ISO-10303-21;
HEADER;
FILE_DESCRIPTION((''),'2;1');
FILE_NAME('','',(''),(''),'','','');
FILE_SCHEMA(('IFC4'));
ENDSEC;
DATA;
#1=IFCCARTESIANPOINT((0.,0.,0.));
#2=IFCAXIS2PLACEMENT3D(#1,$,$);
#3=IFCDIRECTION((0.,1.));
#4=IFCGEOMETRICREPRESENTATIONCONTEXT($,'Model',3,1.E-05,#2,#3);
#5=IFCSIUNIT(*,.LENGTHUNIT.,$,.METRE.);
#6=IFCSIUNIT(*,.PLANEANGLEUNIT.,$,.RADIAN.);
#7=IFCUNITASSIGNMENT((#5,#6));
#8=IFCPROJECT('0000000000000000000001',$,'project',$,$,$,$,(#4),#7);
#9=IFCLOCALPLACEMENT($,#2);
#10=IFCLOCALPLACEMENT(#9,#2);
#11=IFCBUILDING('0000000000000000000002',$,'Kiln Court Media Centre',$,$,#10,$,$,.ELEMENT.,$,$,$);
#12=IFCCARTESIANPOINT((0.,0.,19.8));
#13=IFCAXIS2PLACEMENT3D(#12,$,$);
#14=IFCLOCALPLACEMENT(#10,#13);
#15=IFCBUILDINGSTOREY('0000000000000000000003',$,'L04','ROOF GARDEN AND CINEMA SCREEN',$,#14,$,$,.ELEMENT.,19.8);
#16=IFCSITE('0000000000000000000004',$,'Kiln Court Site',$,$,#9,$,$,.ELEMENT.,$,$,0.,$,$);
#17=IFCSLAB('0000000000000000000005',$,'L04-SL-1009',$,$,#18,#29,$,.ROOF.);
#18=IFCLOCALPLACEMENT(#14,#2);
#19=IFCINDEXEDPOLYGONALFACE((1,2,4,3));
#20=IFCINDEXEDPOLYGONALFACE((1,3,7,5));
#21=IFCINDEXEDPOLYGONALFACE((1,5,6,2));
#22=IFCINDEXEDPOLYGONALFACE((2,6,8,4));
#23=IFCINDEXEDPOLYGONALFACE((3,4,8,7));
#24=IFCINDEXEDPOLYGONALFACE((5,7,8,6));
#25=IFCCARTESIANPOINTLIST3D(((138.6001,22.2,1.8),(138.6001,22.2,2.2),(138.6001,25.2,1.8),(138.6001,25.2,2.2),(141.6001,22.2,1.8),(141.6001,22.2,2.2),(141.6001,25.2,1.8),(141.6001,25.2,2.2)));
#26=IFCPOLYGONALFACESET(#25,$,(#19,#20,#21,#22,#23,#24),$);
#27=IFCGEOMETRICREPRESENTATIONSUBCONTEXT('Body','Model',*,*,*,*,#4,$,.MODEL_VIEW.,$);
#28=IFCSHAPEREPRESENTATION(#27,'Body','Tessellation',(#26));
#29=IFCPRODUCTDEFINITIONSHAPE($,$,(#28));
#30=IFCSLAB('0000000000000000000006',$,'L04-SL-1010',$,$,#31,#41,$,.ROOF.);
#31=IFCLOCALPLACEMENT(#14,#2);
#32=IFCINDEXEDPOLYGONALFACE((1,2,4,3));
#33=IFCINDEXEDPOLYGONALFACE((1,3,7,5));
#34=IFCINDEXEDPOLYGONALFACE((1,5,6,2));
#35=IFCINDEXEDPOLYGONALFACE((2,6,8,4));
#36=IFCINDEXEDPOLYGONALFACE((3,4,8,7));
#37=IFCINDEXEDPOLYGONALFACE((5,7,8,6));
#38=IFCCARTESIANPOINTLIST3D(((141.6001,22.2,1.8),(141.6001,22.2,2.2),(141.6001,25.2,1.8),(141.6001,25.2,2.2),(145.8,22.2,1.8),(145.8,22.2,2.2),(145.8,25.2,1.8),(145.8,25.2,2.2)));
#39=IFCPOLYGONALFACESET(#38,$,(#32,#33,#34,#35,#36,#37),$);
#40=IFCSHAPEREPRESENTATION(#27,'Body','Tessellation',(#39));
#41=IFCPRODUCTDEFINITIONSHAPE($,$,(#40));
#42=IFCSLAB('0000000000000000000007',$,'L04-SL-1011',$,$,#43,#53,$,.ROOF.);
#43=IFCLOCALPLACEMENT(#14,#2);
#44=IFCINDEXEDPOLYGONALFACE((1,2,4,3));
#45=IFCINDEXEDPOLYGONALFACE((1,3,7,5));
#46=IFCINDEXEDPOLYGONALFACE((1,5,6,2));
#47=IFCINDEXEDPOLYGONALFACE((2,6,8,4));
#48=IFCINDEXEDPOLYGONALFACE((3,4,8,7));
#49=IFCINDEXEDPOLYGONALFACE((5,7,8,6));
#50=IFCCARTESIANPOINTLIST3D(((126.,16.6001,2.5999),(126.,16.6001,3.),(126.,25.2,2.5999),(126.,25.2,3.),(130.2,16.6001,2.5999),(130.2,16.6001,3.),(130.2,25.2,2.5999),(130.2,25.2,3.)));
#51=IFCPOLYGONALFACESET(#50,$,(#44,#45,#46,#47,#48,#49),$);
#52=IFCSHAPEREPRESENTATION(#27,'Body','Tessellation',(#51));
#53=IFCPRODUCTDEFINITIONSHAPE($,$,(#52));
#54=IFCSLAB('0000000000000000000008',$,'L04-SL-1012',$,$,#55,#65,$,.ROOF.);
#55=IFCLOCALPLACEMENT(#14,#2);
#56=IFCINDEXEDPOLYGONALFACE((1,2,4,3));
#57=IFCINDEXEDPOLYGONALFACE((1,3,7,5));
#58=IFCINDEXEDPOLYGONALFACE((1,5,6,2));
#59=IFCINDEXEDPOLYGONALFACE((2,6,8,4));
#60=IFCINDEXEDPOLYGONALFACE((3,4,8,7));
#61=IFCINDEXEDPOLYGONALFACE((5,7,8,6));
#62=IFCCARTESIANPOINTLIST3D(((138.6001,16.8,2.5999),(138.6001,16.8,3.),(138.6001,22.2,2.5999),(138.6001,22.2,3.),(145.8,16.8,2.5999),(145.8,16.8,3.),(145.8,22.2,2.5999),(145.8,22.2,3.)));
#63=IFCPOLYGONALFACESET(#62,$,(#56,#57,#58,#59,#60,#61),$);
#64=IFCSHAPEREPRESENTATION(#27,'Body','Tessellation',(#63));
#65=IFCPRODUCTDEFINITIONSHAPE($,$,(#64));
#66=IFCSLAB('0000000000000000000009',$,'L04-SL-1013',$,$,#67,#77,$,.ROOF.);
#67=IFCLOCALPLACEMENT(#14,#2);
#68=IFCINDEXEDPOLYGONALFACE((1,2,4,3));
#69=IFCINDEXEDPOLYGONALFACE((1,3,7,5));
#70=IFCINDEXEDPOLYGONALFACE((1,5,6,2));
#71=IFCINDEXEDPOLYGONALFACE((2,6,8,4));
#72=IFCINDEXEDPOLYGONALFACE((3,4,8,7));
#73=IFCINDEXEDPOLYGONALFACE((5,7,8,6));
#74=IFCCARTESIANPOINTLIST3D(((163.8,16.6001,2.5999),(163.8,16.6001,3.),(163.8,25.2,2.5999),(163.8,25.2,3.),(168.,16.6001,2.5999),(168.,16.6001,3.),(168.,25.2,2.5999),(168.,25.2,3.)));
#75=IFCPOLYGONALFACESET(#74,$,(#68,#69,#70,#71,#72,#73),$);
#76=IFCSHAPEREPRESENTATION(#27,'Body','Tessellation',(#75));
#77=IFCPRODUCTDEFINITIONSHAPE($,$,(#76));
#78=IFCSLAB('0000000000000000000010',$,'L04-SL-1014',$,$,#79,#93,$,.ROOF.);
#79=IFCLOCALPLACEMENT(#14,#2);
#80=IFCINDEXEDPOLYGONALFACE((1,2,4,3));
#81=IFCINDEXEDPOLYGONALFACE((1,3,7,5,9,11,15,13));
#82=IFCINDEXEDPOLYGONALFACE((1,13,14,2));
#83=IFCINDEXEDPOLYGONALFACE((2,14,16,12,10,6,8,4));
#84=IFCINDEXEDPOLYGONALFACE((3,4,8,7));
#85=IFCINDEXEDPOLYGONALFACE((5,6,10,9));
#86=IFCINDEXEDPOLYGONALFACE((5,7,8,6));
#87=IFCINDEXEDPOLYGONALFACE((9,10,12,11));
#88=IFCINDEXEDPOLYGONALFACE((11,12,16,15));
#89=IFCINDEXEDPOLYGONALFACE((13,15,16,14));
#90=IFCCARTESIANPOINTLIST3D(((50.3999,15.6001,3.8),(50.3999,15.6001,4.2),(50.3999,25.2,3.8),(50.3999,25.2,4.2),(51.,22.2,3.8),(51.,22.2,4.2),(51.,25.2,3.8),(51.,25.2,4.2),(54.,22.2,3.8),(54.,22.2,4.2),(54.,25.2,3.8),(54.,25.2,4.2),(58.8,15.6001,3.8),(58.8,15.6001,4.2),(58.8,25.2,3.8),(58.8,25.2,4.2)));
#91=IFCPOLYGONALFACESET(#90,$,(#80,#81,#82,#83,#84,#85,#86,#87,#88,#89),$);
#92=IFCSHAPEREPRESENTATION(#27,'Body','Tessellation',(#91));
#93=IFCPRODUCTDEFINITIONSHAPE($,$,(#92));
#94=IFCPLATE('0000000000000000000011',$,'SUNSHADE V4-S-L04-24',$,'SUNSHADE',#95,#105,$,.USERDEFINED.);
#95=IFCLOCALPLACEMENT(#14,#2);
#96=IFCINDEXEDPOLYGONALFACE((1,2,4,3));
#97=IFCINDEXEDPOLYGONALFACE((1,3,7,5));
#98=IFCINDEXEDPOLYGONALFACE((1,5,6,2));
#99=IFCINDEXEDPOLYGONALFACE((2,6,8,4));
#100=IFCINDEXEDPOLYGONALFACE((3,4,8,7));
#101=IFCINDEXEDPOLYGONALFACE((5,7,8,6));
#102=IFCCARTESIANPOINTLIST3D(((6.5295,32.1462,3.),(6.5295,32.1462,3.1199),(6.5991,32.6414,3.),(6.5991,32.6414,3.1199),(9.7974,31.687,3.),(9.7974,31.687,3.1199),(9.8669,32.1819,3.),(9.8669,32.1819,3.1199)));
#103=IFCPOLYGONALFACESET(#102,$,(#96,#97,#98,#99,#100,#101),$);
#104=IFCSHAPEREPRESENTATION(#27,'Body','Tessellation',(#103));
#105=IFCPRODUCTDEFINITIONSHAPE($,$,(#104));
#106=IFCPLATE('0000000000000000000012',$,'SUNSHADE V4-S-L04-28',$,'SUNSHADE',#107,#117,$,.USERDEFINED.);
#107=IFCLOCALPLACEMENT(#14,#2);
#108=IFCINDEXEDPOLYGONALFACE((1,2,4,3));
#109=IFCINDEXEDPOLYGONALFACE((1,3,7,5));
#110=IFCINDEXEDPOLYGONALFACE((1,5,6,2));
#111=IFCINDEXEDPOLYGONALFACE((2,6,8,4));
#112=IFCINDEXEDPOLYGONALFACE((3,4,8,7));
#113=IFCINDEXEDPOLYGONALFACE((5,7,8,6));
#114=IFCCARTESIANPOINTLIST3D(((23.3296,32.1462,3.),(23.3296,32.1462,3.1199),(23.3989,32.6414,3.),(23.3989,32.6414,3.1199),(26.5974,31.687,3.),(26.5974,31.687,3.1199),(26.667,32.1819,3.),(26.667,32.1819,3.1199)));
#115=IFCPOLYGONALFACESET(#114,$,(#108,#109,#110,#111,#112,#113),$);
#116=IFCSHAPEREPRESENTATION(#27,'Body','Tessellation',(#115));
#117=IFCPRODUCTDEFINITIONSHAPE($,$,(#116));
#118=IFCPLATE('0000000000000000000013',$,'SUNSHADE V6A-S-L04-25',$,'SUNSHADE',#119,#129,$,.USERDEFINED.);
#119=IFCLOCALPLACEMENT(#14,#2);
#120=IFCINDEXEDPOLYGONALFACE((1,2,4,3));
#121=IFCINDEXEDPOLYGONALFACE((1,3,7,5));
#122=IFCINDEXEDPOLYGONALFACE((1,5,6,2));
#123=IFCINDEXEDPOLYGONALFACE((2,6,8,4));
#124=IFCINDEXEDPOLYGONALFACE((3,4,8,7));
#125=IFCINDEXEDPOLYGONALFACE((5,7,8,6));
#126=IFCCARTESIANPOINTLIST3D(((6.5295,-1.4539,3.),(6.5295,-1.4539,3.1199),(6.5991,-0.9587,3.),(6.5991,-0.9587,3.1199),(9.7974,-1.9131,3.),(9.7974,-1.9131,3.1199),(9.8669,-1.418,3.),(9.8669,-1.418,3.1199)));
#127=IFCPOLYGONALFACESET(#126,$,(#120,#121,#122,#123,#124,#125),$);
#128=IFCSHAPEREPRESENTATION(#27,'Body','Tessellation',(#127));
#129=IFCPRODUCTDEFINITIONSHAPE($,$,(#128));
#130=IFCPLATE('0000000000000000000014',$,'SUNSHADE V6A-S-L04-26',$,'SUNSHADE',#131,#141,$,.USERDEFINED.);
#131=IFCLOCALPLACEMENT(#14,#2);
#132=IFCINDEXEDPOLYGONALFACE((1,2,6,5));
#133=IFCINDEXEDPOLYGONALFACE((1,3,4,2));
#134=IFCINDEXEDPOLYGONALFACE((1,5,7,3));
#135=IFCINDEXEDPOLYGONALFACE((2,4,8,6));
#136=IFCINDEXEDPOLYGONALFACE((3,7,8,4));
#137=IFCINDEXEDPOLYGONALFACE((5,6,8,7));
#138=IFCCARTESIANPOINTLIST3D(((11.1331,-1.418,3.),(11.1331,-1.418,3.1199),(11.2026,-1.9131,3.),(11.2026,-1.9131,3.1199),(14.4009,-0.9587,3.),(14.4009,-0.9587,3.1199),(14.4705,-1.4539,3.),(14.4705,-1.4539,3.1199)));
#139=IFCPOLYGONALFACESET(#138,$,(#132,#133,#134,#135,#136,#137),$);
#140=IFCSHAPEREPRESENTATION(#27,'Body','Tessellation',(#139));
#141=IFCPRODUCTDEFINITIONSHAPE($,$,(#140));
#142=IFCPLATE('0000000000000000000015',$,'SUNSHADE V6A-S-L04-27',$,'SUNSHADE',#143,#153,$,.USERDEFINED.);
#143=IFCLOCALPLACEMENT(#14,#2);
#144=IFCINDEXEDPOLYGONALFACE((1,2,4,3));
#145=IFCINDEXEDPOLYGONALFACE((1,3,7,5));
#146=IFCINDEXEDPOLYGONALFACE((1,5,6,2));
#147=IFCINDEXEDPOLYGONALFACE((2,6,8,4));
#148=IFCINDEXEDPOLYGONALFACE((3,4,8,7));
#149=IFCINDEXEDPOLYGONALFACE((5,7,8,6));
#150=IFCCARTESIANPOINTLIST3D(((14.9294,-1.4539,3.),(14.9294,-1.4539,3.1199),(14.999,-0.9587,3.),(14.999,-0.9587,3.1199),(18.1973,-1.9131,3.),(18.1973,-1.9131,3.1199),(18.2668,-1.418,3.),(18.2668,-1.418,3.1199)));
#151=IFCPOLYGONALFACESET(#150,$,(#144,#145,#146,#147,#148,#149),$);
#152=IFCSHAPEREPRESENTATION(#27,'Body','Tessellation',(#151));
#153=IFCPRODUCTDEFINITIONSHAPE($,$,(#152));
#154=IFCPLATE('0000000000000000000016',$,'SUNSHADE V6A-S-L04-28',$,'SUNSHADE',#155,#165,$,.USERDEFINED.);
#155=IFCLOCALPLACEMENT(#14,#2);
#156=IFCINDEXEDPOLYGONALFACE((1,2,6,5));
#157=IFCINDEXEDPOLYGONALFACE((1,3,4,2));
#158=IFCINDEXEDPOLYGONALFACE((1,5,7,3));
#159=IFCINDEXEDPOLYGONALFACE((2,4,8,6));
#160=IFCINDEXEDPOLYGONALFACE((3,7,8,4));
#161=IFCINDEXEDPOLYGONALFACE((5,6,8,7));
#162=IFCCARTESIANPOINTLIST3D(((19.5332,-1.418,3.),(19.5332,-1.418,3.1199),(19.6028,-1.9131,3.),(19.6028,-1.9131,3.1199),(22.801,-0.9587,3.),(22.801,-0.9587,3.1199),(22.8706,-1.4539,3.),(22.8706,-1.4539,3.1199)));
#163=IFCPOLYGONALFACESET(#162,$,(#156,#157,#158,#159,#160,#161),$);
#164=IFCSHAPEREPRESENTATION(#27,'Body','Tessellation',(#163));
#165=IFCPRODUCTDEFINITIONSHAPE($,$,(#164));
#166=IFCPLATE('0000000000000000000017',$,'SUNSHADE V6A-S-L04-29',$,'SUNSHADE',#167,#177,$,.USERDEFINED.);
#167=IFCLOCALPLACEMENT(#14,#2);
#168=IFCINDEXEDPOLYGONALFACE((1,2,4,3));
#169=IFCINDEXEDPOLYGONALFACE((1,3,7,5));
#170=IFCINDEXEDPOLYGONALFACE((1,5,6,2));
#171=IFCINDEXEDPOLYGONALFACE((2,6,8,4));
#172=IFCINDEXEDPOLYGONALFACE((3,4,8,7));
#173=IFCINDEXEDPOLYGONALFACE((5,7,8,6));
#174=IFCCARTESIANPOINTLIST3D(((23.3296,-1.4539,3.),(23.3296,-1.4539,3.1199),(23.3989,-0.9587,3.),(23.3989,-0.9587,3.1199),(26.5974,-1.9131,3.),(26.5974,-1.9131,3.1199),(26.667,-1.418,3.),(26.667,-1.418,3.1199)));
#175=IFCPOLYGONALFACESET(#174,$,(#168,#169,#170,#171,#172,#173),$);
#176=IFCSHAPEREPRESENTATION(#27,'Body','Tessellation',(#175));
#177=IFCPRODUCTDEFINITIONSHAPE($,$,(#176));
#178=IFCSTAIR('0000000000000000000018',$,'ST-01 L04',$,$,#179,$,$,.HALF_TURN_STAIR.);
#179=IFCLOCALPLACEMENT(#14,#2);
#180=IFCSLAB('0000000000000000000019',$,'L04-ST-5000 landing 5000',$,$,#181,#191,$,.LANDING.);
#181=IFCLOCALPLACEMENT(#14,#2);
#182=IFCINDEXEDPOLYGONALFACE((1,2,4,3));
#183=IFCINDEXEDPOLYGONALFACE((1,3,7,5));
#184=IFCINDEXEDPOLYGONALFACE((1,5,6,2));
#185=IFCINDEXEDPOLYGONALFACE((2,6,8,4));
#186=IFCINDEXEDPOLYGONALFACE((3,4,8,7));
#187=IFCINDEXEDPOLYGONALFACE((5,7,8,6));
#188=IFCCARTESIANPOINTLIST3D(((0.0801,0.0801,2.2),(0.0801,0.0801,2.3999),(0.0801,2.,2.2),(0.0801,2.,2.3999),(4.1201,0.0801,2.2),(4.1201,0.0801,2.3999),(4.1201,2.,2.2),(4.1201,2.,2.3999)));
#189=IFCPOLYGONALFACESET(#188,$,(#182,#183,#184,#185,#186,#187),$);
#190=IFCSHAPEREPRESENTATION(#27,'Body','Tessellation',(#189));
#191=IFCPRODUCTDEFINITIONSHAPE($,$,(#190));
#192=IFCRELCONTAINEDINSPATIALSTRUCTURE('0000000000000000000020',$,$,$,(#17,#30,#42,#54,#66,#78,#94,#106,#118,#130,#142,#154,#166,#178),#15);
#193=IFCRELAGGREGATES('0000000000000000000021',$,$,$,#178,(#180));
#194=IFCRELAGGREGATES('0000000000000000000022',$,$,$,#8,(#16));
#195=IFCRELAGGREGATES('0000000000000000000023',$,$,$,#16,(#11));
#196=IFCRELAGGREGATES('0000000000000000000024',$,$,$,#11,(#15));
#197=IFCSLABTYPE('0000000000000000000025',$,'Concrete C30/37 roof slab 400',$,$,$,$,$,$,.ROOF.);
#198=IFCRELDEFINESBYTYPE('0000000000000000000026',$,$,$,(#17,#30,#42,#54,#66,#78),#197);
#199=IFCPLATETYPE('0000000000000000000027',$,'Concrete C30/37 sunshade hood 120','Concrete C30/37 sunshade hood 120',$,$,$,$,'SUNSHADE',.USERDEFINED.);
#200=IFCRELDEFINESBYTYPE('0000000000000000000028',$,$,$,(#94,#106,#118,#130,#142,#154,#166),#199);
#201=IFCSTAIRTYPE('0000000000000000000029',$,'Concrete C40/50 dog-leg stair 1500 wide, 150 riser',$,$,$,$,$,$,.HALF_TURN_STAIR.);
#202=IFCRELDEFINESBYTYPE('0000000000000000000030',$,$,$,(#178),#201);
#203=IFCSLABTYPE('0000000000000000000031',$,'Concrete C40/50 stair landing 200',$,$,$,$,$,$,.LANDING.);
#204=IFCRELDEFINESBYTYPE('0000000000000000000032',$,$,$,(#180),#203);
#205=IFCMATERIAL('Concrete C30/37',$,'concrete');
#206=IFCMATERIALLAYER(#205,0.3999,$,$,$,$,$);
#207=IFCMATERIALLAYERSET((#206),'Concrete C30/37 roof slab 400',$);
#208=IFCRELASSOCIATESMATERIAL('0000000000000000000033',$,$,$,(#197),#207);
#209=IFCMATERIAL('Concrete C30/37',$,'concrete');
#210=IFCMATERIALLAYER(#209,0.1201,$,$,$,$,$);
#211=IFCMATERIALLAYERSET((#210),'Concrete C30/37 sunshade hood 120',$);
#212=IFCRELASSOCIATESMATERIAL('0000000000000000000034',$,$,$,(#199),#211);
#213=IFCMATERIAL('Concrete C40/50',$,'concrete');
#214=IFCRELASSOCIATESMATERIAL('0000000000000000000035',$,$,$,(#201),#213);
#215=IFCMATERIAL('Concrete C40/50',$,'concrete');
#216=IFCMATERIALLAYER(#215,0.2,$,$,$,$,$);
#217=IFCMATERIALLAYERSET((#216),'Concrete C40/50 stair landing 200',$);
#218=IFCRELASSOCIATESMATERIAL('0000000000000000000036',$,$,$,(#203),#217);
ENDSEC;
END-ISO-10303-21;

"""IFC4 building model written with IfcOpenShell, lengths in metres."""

from ifc_helpers import new_model, si_unit, direction, frame, origin, place, context, subcontext, project, spatial, polyline, outline, extrude, material, layer, layer_set, type_object, element, aggregate, save


model = new_model("IFC4")

# Units and contexts
model_context = context("Model", 3, precision=1e-05, world=origin(), true_north=direction((0.0, 1.0)))
body_context = subcontext(model_context, "Body", "Model", "MODEL_VIEW")
ifc_project = project(units=[si_unit("LENGTHUNIT", "METRE"), si_unit("PLANEANGLEUNIT", "RADIAN")], contexts=[model_context])

# Site, building, storey
site_placement = place(None, origin())
site = spatial("IfcSite", under=ifc_project, at=site_placement, Name="Kiln Court Site", CompositionType="ELEMENT", RefElevation=0.0)
building_placement = place(site_placement, origin())
building = spatial("IfcBuilding", under=site, at=building_placement, Name="Kiln Court Media Centre", CompositionType="ELEMENT")
storey_placement = place(building_placement, frame((0.0, 0.0, 19.8)))
storey = spatial("IfcBuildingStorey", under=building, at=storey_placement, Name="L04", Description="ROOF GARDEN AND CINEMA SCREEN", CompositionType="ELEMENT", Elevation=19.8)

# Slabs
ifc_material_1 = material(Name="Concrete C30/37", Category="concrete")
ifc_layer_1 = layer(ifc_material_1, 0.3999)
ifc_layer_set_1 = layer_set([ifc_layer_1], Name="Concrete C30/37 roof slab 400")
slab_type_1 = type_object("IfcSlabType", Name="Concrete C30/37 roof slab 400", PredefinedType="ROOF", material=ifc_layer_set_1)
slab_1_placement = place(storey_placement, frame((0.0, 0.0, 1.8)))
element("IfcSlab", 1, at=slab_1_placement, inside=storey, type_object=slab_type_1, Name="L04-SL-1009", PredefinedType="ROOF", context=body_context, shape_type="SweptSolid", body=[
    extrude(outline(polyline([(138.6001, 22.2), (138.6001, 25.2), (141.6001, 25.2), (141.6001, 22.2), (138.6001, 22.2)])), origin(), (0.0, 0.0, 1.0), 0.3999),
])
slab_2_placement = place(storey_placement, frame((0.0, 0.0, 1.8)))
element("IfcSlab", 2, at=slab_2_placement, inside=storey, type_object=slab_type_1, Name="L04-SL-1010", PredefinedType="ROOF", context=body_context, shape_type="SweptSolid", body=[
    extrude(outline(polyline([(141.6001, 22.2), (141.6001, 25.2), (145.8, 25.2), (145.8, 22.2), (141.6001, 22.2)])), origin(), (0.0, 0.0, 1.0), 0.3999),
])
slab_3_placement = place(storey_placement, frame((0.0, 0.0, 2.5999)))
element("IfcSlab", 3, at=slab_3_placement, inside=storey, type_object=slab_type_1, Name="L04-SL-1011", PredefinedType="ROOF", context=body_context, shape_type="SweptSolid", body=[
    extrude(outline(polyline([(126.0, 16.6001), (126.0, 25.2), (130.2, 25.2), (130.2, 16.6001), (126.0, 16.6001)])), origin(), (0.0, 0.0, 1.0), 0.4001),
])
slab_4_placement = place(storey_placement, frame((0.0, 0.0, 2.5999)))
element("IfcSlab", 4, at=slab_4_placement, inside=storey, type_object=slab_type_1, Name="L04-SL-1012", PredefinedType="ROOF", context=body_context, shape_type="SweptSolid", body=[
    extrude(outline(polyline([(138.6001, 16.8), (138.6001, 22.2), (145.8, 22.2), (145.8, 16.8), (138.6001, 16.8)])), origin(), (0.0, 0.0, 1.0), 0.4001),
])
slab_5_placement = place(storey_placement, frame((0.0, 0.0, 2.5999)))
element("IfcSlab", 5, at=slab_5_placement, inside=storey, type_object=slab_type_1, Name="L04-SL-1013", PredefinedType="ROOF", context=body_context, shape_type="SweptSolid", body=[
    extrude(outline(polyline([(163.8, 16.6001), (163.8, 25.2), (168.0, 25.2), (168.0, 16.6001), (163.8, 16.6001)])), origin(), (0.0, 0.0, 1.0), 0.4001),
])
slab_6_placement = place(storey_placement, frame((0.0, 0.0, 3.8)))
element("IfcSlab", 6, at=slab_6_placement, inside=storey, type_object=slab_type_1, Name="L04-SL-1014", PredefinedType="ROOF", context=body_context, shape_type="SweptSolid", body=[
    extrude(outline(polyline([(50.3999, 15.6001), (50.3999, 25.2), (51.0, 25.2), (51.0, 22.2), (54.0, 22.2), (54.0, 25.2), (58.8, 25.2), (58.8, 15.6001), (50.3999, 15.6001)])), origin(), (0.0, 0.0, 1.0), 0.3999),
])

# Plates
ifc_material_2 = material(Name="Concrete C30/37", Category="concrete")
ifc_layer_2 = layer(ifc_material_2, 0.1201)
ifc_layer_set_2 = layer_set([ifc_layer_2], Name="Concrete C30/37 sunshade hood 120")
plate_type = type_object("IfcPlateType", Name="Concrete C30/37 sunshade hood 120", Description="Concrete C30/37 sunshade hood 120", ElementType="SUNSHADE", PredefinedType="USERDEFINED", material=ifc_layer_set_2)
plate_1_placement = place(storey_placement, frame((0.0, 0.0, 3.0)))
element("IfcPlate", 7, at=plate_1_placement, inside=storey, type_object=plate_type, Name="SUNSHADE V4-S-L04-24", ObjectType="SUNSHADE", PredefinedType="USERDEFINED", context=body_context, shape_type="SweptSolid", body=[
    extrude(outline(polyline([(6.5991, 32.6414), (9.8669, 32.1819), (9.7974, 31.687), (6.5295, 32.1462), (6.5991, 32.6414)])), origin(), (0.0, 0.0, 1.0), 0.1199),
])
plate_2_placement = place(storey_placement, frame((0.0, 0.0, 3.0)))
element("IfcPlate", 8, at=plate_2_placement, inside=storey, type_object=plate_type, Name="SUNSHADE V4-S-L04-28", ObjectType="SUNSHADE", PredefinedType="USERDEFINED", context=body_context, shape_type="SweptSolid", body=[
    extrude(outline(polyline([(23.3989, 32.6414), (26.667, 32.1819), (26.5974, 31.687), (23.3296, 32.1462), (23.3989, 32.6414)])), origin(), (0.0, 0.0, 1.0), 0.1199),
])
plate_3_placement = place(storey_placement, frame((0.0, 0.0, 3.0)))
element("IfcPlate", 9, at=plate_3_placement, inside=storey, type_object=plate_type, Name="SUNSHADE V6A-S-L04-25", ObjectType="SUNSHADE", PredefinedType="USERDEFINED", context=body_context, shape_type="SweptSolid", body=[
    extrude(outline(polyline([(6.5991, -0.9587), (9.8669, -1.418), (9.7974, -1.9131), (6.5295, -1.4539), (6.5991, -0.9587)])), origin(), (0.0, 0.0, 1.0), 0.1199),
])
plate_4_placement = place(storey_placement, frame((0.0, 0.0, 3.0)))
element("IfcPlate", 10, at=plate_4_placement, inside=storey, type_object=plate_type, Name="SUNSHADE V6A-S-L04-26", ObjectType="SUNSHADE", PredefinedType="USERDEFINED", context=body_context, shape_type="SweptSolid", body=[
    extrude(outline(polyline([(11.1331, -1.418), (14.4009, -0.9587), (14.4705, -1.4539), (11.2026, -1.9131), (11.1331, -1.418)])), origin(), (0.0, 0.0, 1.0), 0.1199),
])
plate_5_placement = place(storey_placement, frame((0.0, 0.0, 3.0)))
element("IfcPlate", 11, at=plate_5_placement, inside=storey, type_object=plate_type, Name="SUNSHADE V6A-S-L04-27", ObjectType="SUNSHADE", PredefinedType="USERDEFINED", context=body_context, shape_type="SweptSolid", body=[
    extrude(outline(polyline([(14.999, -0.9587), (18.2668, -1.418), (18.1973, -1.9131), (14.9294, -1.4539), (14.999, -0.9587)])), origin(), (0.0, 0.0, 1.0), 0.1199),
])
plate_6_placement = place(storey_placement, frame((0.0, 0.0, 3.0)))
element("IfcPlate", 12, at=plate_6_placement, inside=storey, type_object=plate_type, Name="SUNSHADE V6A-S-L04-28", ObjectType="SUNSHADE", PredefinedType="USERDEFINED", context=body_context, shape_type="SweptSolid", body=[
    extrude(outline(polyline([(19.5332, -1.418), (22.801, -0.9587), (22.8706, -1.4539), (19.6028, -1.9131), (19.5332, -1.418)])), origin(), (0.0, 0.0, 1.0), 0.1199),
])
plate_7_placement = place(storey_placement, frame((0.0, 0.0, 3.0)))
element("IfcPlate", 13, at=plate_7_placement, inside=storey, type_object=plate_type, Name="SUNSHADE V6A-S-L04-29", ObjectType="SUNSHADE", PredefinedType="USERDEFINED", context=body_context, shape_type="SweptSolid", body=[
    extrude(outline(polyline([(23.3989, -0.9587), (26.667, -1.418), (26.5974, -1.9131), (23.3296, -1.4539), (23.3989, -0.9587)])), origin(), (0.0, 0.0, 1.0), 0.1199),
])

# Stair, slab
ifc_material_3 = material(Name="Concrete C40/50", Category="concrete")
stair_type_1 = type_object("IfcStairType", Name="Concrete C40/50 dog-leg stair 1500 wide, 150 riser", PredefinedType="HALF_TURN_STAIR", material=ifc_material_3)
stair_1_placement = place(storey_placement, origin())
stair_1 = element("IfcStair", 14, at=stair_1_placement, inside=storey, type_object=stair_type_1, Name="ST-01 L04", PredefinedType="HALF_TURN_STAIR")
ifc_material_4 = material(Name="Concrete C40/50", Category="concrete")
ifc_layer_3 = layer(ifc_material_4, 0.2)
ifc_layer_set_3 = layer_set([ifc_layer_3], Name="Concrete C40/50 stair landing 200")
slab_type_2 = type_object("IfcSlabType", Name="Concrete C40/50 stair landing 200", PredefinedType="LANDING", material=ifc_layer_set_3)
slab_7_placement = place(storey_placement, frame((0.0, 0.0, 2.2)))
slab_7 = element("IfcSlab", 15, at=slab_7_placement, type_object=slab_type_2, Name="L04-ST-5000 landing 5000", PredefinedType="LANDING", context=body_context, shape_type="SweptSolid", body=[
    extrude(outline(polyline([(0.0801, 2.0), (0.0801, 0.0801), (4.1201, 0.0801), (4.1201, 2.0), (0.0801, 2.0)])), origin(), (0.0, 0.0, 1.0), 0.2),
])
aggregate(stair_1, [slab_7])

save(model, "model.ifc")
